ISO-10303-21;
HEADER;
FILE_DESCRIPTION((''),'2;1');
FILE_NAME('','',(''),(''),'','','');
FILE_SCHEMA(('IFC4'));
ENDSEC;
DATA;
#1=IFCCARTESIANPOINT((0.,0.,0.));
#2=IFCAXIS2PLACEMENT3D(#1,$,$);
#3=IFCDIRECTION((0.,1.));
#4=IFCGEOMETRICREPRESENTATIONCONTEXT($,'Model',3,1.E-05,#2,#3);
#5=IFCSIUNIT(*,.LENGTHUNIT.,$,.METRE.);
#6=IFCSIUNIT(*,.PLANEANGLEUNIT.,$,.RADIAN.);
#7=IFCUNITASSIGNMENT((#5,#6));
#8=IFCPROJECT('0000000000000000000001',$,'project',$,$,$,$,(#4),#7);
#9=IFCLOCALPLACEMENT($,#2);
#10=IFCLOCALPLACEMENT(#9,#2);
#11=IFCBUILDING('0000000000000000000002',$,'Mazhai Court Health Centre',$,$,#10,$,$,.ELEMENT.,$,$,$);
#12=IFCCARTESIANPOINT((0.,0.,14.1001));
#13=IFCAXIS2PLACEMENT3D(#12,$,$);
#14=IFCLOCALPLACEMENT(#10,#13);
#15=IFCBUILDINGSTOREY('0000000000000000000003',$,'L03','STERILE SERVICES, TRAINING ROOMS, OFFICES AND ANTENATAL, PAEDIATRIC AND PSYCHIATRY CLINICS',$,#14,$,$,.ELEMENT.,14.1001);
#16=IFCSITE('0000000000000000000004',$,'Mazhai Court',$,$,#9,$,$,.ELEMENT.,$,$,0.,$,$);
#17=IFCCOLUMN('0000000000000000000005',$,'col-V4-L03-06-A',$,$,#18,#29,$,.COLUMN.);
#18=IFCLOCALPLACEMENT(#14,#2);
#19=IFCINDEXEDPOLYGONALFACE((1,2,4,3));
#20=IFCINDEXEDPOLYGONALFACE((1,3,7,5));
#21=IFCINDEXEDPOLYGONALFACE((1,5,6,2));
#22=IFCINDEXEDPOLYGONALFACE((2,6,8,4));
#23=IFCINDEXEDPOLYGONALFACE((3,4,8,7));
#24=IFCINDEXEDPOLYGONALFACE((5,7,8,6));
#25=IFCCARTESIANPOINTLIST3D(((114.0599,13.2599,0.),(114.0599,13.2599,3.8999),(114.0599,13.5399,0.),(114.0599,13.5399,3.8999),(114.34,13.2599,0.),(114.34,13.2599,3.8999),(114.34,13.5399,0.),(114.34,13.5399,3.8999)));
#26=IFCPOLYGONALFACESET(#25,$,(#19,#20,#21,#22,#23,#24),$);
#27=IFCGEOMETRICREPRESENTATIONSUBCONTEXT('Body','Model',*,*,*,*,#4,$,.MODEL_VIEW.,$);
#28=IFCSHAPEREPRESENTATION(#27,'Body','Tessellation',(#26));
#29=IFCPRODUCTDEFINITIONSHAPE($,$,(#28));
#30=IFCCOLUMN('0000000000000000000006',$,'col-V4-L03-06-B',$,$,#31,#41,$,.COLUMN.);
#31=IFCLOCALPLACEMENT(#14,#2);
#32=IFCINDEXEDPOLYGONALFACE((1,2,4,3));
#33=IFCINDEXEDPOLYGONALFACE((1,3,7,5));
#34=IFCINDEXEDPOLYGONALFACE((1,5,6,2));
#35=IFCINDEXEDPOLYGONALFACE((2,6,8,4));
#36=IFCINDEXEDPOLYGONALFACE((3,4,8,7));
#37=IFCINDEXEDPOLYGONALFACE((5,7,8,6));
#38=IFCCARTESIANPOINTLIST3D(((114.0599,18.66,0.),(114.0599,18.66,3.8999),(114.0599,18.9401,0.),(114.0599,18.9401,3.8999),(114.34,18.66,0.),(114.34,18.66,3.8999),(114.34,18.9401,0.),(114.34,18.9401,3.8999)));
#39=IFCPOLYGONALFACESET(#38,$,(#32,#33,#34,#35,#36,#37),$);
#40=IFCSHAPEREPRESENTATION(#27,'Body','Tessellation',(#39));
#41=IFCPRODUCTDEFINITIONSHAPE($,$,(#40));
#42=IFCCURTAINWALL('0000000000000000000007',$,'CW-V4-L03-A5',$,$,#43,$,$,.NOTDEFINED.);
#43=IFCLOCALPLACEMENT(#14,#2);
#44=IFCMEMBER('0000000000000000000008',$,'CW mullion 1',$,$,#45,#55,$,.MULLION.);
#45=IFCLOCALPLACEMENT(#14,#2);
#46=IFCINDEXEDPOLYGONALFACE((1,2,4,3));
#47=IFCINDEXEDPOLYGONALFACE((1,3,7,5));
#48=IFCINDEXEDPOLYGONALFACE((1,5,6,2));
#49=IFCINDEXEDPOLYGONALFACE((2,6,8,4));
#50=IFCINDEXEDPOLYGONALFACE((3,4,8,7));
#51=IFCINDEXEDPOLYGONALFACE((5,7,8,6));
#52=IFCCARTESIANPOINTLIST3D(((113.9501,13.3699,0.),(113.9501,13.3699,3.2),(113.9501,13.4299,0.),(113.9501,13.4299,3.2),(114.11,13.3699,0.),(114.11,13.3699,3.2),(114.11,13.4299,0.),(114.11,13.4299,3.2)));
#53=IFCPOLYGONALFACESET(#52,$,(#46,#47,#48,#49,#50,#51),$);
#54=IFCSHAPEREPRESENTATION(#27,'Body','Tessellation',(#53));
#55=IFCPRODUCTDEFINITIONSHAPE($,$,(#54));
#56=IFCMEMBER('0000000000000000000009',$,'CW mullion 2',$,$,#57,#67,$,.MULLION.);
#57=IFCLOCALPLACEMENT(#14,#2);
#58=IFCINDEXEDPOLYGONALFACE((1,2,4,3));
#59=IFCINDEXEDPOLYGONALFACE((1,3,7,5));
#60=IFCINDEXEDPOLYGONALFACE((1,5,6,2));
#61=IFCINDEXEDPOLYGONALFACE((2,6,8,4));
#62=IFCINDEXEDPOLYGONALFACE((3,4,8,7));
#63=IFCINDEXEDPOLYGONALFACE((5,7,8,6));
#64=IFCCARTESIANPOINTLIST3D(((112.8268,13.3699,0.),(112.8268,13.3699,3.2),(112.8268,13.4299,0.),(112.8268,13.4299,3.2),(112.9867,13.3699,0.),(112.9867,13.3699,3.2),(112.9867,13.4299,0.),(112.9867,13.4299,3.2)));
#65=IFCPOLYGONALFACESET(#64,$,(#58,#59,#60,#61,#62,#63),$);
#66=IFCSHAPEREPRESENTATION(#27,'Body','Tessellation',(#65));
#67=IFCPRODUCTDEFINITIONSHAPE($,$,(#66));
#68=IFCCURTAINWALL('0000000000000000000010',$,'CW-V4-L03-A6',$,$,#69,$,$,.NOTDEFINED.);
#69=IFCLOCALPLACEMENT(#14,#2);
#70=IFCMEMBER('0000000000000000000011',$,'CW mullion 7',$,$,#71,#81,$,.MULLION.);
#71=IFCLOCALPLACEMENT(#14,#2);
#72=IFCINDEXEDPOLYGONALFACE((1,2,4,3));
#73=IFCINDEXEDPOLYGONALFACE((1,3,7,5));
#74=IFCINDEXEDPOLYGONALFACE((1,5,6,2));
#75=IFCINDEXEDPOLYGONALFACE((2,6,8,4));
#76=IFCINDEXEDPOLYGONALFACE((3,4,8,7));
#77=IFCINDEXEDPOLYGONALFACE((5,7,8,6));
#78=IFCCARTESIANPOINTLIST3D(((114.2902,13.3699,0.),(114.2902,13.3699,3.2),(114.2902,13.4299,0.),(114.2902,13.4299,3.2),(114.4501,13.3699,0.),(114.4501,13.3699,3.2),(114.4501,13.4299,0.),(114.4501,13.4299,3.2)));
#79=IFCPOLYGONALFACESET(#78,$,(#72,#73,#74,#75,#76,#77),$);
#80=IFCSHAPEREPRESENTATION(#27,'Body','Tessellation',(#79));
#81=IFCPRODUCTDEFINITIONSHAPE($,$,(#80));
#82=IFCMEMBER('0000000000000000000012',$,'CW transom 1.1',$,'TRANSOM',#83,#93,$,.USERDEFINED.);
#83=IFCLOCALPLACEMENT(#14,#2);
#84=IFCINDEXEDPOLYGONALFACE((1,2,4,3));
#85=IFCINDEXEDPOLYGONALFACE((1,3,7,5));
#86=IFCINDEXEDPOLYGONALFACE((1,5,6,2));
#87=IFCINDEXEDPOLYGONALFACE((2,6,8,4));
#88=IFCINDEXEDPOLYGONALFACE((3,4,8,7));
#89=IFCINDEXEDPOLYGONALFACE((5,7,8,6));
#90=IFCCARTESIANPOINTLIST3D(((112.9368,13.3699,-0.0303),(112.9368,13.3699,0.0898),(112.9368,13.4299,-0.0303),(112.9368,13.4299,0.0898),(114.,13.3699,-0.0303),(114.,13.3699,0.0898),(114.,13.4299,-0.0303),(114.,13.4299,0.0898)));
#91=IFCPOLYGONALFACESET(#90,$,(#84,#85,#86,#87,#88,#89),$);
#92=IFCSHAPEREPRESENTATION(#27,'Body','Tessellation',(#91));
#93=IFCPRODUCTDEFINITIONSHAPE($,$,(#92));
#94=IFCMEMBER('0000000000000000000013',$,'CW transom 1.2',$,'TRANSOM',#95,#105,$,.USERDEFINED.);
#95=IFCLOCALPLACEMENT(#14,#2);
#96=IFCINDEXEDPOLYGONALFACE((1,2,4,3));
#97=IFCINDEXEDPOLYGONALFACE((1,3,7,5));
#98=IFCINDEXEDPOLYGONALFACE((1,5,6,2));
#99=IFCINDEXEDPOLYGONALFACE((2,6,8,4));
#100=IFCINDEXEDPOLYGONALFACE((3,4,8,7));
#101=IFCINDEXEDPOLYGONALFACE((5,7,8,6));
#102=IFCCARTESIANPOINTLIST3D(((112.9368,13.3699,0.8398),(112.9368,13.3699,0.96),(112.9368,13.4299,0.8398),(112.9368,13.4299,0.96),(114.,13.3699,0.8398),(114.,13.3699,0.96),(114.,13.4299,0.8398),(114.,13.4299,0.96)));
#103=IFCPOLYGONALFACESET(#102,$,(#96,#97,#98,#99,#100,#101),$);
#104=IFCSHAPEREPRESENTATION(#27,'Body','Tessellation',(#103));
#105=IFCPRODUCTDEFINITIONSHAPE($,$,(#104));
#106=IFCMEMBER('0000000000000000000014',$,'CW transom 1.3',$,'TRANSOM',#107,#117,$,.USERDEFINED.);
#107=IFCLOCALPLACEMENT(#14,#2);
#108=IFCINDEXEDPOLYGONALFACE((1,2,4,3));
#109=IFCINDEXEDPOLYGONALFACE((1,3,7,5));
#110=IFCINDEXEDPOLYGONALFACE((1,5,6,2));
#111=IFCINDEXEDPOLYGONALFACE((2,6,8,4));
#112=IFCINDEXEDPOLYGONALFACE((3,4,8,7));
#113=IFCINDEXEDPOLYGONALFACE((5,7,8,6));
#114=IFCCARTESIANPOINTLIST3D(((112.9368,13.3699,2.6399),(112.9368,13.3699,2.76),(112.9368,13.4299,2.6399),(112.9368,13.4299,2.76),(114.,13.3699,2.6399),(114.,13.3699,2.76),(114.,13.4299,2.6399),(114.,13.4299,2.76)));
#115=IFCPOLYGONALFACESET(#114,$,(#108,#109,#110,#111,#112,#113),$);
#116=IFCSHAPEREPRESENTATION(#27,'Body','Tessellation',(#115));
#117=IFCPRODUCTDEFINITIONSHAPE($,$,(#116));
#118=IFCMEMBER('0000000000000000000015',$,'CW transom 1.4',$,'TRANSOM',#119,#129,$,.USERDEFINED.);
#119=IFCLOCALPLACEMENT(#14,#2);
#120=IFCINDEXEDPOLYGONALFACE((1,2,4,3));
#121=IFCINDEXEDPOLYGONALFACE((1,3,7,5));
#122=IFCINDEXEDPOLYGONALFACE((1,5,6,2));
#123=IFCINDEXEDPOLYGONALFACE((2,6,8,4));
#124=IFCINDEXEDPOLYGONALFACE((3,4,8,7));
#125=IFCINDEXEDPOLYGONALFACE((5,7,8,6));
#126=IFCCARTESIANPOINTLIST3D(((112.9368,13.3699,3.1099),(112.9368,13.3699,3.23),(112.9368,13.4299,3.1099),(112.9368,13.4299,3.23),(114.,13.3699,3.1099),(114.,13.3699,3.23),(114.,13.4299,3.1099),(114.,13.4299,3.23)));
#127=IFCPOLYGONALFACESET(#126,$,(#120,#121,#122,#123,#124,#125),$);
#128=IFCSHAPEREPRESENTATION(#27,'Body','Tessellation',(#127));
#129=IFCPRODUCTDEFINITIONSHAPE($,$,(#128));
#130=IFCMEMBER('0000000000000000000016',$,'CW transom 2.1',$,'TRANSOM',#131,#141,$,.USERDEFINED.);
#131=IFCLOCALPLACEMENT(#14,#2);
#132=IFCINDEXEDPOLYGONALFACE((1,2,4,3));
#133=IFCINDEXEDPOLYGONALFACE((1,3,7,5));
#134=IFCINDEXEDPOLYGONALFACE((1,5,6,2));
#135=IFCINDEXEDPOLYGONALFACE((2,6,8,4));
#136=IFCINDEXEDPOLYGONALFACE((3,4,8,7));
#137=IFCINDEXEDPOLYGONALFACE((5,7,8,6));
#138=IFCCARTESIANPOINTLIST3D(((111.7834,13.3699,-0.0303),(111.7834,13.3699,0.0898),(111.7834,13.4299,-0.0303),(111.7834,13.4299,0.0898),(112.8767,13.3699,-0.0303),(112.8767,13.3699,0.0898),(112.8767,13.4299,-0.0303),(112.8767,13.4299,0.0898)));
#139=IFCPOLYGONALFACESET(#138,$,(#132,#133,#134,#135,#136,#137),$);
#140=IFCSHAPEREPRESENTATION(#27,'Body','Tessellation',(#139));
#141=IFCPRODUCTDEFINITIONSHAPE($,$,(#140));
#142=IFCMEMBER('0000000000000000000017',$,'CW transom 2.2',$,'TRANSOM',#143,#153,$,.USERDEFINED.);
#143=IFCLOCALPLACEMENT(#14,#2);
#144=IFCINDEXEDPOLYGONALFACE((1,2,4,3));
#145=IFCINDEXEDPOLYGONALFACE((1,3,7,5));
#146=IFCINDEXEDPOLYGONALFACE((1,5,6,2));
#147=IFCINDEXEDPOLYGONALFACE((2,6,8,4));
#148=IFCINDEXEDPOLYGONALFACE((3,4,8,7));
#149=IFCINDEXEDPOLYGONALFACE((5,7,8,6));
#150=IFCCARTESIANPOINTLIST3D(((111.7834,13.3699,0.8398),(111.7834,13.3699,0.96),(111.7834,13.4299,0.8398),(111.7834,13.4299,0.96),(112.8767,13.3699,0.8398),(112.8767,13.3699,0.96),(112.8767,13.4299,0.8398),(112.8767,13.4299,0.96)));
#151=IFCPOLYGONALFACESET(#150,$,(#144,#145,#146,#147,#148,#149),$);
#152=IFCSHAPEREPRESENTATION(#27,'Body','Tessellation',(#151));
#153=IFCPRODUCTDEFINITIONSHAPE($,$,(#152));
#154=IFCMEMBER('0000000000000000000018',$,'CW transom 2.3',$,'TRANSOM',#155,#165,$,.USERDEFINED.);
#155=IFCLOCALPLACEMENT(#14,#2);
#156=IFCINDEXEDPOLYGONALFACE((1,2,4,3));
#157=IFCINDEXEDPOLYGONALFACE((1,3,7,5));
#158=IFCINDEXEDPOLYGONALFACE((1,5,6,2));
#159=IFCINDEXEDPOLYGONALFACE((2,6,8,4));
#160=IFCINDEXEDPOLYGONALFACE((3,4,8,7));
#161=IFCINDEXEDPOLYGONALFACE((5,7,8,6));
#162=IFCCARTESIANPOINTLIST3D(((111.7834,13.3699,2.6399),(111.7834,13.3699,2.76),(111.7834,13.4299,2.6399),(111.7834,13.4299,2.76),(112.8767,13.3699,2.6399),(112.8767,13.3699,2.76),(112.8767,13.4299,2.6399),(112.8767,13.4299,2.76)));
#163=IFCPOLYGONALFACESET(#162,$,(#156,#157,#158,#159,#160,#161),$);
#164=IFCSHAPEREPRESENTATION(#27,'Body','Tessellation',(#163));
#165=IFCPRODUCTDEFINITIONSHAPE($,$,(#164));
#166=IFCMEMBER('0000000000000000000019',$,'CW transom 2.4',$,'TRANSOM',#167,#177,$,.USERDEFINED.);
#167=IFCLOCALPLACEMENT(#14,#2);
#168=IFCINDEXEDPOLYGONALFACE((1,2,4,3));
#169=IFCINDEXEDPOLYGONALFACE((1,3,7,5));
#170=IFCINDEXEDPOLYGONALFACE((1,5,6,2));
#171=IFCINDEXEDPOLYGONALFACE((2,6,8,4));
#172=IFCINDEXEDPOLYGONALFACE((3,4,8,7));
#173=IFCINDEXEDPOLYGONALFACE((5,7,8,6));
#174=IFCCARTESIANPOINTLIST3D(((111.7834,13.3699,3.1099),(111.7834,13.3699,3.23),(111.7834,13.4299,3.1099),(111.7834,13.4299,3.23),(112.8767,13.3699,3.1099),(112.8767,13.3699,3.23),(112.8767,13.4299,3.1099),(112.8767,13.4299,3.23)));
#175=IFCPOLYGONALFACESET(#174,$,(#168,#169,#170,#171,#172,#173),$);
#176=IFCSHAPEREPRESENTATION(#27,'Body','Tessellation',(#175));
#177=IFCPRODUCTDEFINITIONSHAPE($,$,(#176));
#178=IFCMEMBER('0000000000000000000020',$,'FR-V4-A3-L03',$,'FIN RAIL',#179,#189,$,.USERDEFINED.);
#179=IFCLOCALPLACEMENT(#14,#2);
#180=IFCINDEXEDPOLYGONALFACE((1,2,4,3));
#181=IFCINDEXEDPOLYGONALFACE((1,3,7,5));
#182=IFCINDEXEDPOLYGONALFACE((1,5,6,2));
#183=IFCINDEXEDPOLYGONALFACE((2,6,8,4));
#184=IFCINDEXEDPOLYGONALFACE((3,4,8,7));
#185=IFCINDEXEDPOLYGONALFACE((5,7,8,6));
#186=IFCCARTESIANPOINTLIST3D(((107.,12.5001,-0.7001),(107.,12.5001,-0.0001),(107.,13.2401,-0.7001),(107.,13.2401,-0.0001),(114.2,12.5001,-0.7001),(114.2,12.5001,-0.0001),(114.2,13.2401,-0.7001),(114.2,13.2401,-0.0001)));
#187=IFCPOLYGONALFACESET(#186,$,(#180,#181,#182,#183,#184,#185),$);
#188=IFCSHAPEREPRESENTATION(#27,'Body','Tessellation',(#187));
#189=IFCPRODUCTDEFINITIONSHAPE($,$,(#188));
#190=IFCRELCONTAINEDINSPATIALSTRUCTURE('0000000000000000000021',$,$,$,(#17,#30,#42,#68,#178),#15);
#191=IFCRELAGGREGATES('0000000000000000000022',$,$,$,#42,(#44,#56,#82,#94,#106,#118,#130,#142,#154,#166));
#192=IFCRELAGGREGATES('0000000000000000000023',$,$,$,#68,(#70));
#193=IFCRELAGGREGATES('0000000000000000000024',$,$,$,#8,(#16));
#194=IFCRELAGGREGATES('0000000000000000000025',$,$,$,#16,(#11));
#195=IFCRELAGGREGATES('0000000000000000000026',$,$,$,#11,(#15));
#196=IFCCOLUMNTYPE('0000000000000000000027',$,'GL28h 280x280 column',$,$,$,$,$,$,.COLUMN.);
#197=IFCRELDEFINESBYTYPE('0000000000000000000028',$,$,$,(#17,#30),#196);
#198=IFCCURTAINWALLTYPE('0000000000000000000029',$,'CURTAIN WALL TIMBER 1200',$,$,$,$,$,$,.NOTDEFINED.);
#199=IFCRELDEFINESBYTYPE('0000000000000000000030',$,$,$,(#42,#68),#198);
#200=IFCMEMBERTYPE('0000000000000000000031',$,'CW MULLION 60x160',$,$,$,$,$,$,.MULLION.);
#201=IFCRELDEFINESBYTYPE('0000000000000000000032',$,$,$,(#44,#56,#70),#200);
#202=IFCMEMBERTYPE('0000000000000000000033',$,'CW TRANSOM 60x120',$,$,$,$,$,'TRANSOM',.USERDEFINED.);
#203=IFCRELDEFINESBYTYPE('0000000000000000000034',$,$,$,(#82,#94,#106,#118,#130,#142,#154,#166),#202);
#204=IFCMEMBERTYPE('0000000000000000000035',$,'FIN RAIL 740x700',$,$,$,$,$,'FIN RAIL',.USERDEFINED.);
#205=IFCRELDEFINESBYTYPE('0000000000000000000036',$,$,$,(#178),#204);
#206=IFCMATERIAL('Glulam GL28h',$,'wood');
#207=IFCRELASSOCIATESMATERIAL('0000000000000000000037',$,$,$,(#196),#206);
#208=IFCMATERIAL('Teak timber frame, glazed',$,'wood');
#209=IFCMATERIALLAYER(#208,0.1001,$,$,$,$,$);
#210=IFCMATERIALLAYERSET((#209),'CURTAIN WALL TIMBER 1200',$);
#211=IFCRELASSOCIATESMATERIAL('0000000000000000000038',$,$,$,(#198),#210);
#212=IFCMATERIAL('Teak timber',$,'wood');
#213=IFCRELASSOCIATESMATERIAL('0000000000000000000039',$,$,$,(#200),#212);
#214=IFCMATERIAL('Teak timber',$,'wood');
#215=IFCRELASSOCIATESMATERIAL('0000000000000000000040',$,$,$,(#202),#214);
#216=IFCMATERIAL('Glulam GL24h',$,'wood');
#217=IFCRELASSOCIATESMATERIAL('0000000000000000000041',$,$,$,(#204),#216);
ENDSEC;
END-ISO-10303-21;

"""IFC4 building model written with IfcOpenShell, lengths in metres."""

from ifc_helpers import new_model, si_unit, direction, frame, origin, origin_2d, place, context, subcontext, project, spatial, rectangle, extrude, material, layer, layer_set, material_profile, profile_set, type_object, element, aggregate, save


model = new_model("IFC4")

# Units and contexts
model_context = context("Model", 3, precision=1e-05, world=origin(), true_north=direction((0.0, 1.0)))
body_context = subcontext(model_context, "Body", "Model", "MODEL_VIEW")
ifc_project = project(units=[si_unit("LENGTHUNIT", "METRE"), si_unit("PLANEANGLEUNIT", "RADIAN")], contexts=[model_context])

# Site, building, storey
site_placement = place(None, origin())
site = spatial("IfcSite", under=ifc_project, at=site_placement, Name="Mazhai Court", CompositionType="ELEMENT", RefElevation=0.0)
building_placement = place(site_placement, origin())
building = spatial("IfcBuilding", under=site, at=building_placement, Name="Mazhai Court Health Centre", CompositionType="ELEMENT")
storey_placement = place(building_placement, frame((0.0, 0.0, 14.1001)))
storey = spatial("IfcBuildingStorey", under=building, at=storey_placement, Name="L03", Description="STERILE SERVICES, TRAINING ROOMS, OFFICES AND ANTENATAL, PAEDIATRIC AND PSYCHIATRY CLINICS", CompositionType="ELEMENT", Elevation=14.1001)

# Columns
ifc_material_1 = material(Name="Glulam GL28h", Category="wood")
ifc_material_profile_1 = material_profile(ifc_material_1, rectangle(XDim=0.28, YDim=0.28, at=origin_2d()), Name="GL28h 280x280")
ifc_profile_set_1 = profile_set([ifc_material_profile_1], Name="Glulam GL28h")
column_type = type_object("IfcColumnType", Name="GL28h 280x280 column", PredefinedType="COLUMN", material=ifc_profile_set_1)
for number, where, z_axis, x_axis, name in (
    (1, (114.2, 13.3999, 0.0), (0.0, 0.0, 1.0), (1.0, 0.0, 0.0), "col-V4-L03-06-A"),
    (2, (114.2, 18.8, 0.0), (0.0, 0.0, 1.0), (1.0, 0.0, 0.0), "col-V4-L03-06-B"),
):
    element("IfcColumn", number, at=place(storey_placement, frame(where, z_axis=z_axis, x_axis=x_axis)), inside=storey, type_object=column_type, Name=name, PredefinedType="COLUMN", context=body_context, shape_type="SweptSolid", body=[
        extrude(rectangle(XDim=0.28, YDim=0.28, at=origin_2d()), origin(), (0.0, 0.0, 1.0), 3.8999),
    ])

# Curtain wall, members
ifc_material_2 = material(Name="Teak timber frame, glazed", Category="wood")
ifc_layer_1 = layer(ifc_material_2, 0.1001)
ifc_layer_set_1 = layer_set([ifc_layer_1], Name="CURTAIN WALL TIMBER 1200")
curtain_wall_type = type_object("IfcCurtainWallType", Name="CURTAIN WALL TIMBER 1200", PredefinedType="NOTDEFINED", material=ifc_layer_set_1)
curtain_wall_1_placement = place(storey_placement, origin())
curtain_wall_1 = element("IfcCurtainWall", 3, at=curtain_wall_1_placement, inside=storey, type_object=curtain_wall_type, Name="CW-V4-L03-A5", PredefinedType="NOTDEFINED")
ifc_material_3 = material(Name="Teak timber", Category="wood")
ifc_material_profile_2 = material_profile(ifc_material_3, rectangle(XDim=0.0601, YDim=0.1599, at=origin_2d()), Name="CW MULLION 60x160")
ifc_profile_set_2 = profile_set([ifc_material_profile_2], Name="Teak timber")
member_type_1 = type_object("IfcMemberType", Name="CW MULLION 60x160", PredefinedType="MULLION", material=ifc_profile_set_2)
member_1_placement = place(storey_placement, frame((114.03, 13.3999, 0.0), z_axis=(0.0, 0.0, 1.0), x_axis=(0.0, -1.0, 0.0)))
member_1 = element("IfcMember", 4, at=member_1_placement, type_object=member_type_1, Name="CW mullion 1", PredefinedType="MULLION", context=body_context, shape_type="SweptSolid", body=[
    extrude(rectangle(XDim=0.0601, YDim=0.1599, at=origin_2d()), origin(), (0.0, 0.0, 1.0), 3.2),
])
member_2_placement = place(storey_placement, frame((112.9067, 13.3999, 0.0), z_axis=(0.0, 0.0, 1.0), x_axis=(0.0, -1.0, 0.0)))
member_2 = element("IfcMember", 5, at=member_2_placement, type_object=member_type_1, Name="CW mullion 2", PredefinedType="MULLION", context=body_context, shape_type="SweptSolid", body=[
    extrude(rectangle(XDim=0.0601, YDim=0.1599, at=origin_2d()), origin(), (0.0, 0.0, 1.0), 3.2),
])

# Curtain wall, member
curtain_wall_2_placement = place(storey_placement, origin())
curtain_wall_2 = element("IfcCurtainWall", 6, at=curtain_wall_2_placement, inside=storey, type_object=curtain_wall_type, Name="CW-V4-L03-A6", PredefinedType="NOTDEFINED")
member_3_placement = place(storey_placement, frame((114.3701, 13.3999, 0.0), z_axis=(0.0, 0.0, 1.0), x_axis=(0.0, -1.0, 0.0)))
member_3 = element("IfcMember", 7, at=member_3_placement, type_object=member_type_1, Name="CW mullion 7", PredefinedType="MULLION", context=body_context, shape_type="SweptSolid", body=[
    extrude(rectangle(XDim=0.0601, YDim=0.1599, at=origin_2d()), origin(), (0.0, 0.0, 1.0), 3.2),
])

# Members
ifc_material_4 = material(Name="Teak timber", Category="wood")
ifc_material_profile_3 = material_profile(ifc_material_4, rectangle(XDim=0.0601, YDim=0.1201, at=origin_2d()), Name="CW TRANSOM 60x120")
ifc_profile_set_3 = profile_set([ifc_material_profile_3], Name="Teak timber")
member_type_2 = type_object("IfcMemberType", Name="CW TRANSOM 60x120", ElementType="TRANSOM", PredefinedType="USERDEFINED", material=ifc_profile_set_3)
member_4_placement = place(storey_placement, frame((114.0, 13.3999, 0.0298), z_axis=(-1.0, 0.0, 0.0), x_axis=(0.0, -1.0, 0.0)))
member_4 = element("IfcMember", 8, at=member_4_placement, type_object=member_type_2, Name="CW transom 1.1", ObjectType="TRANSOM", PredefinedType="USERDEFINED", context=body_context, shape_type="SweptSolid", body=[
    extrude(rectangle(XDim=0.0601, YDim=0.1201, at=origin_2d()), origin(), (0.0, 0.0, 1.0), 1.0632),
])
member_5_placement = place(storey_placement, frame((114.0, 13.3999, 0.8999), z_axis=(-1.0, 0.0, 0.0), x_axis=(0.0, -1.0, 0.0)))
member_5 = element("IfcMember", 9, at=member_5_placement, type_object=member_type_2, Name="CW transom 1.2", ObjectType="TRANSOM", PredefinedType="USERDEFINED", context=body_context, shape_type="SweptSolid", body=[
    extrude(rectangle(XDim=0.0601, YDim=0.1201, at=origin_2d()), origin(), (0.0, 0.0, 1.0), 1.0632),
])
member_6_placement = place(storey_placement, frame((114.0, 13.3999, 2.7), z_axis=(-1.0, 0.0, 0.0), x_axis=(0.0, -1.0, 0.0)))
member_6 = element("IfcMember", 10, at=member_6_placement, type_object=member_type_2, Name="CW transom 1.3", ObjectType="TRANSOM", PredefinedType="USERDEFINED", context=body_context, shape_type="SweptSolid", body=[
    extrude(rectangle(XDim=0.0601, YDim=0.1201, at=origin_2d()), origin(), (0.0, 0.0, 1.0), 1.0632),
])
member_7_placement = place(storey_placement, frame((114.0, 13.3999, 3.1699), z_axis=(-1.0, 0.0, 0.0), x_axis=(0.0, -1.0, 0.0)))
member_7 = element("IfcMember", 11, at=member_7_placement, type_object=member_type_2, Name="CW transom 1.4", ObjectType="TRANSOM", PredefinedType="USERDEFINED", context=body_context, shape_type="SweptSolid", body=[
    extrude(rectangle(XDim=0.0601, YDim=0.1201, at=origin_2d()), origin(), (0.0, 0.0, 1.0), 1.0632),
])
member_8_placement = place(storey_placement, frame((112.8767, 13.3999, 0.0298), z_axis=(-1.0, 0.0, 0.0), x_axis=(0.0, -1.0, 0.0)))
member_8 = element("IfcMember", 12, at=member_8_placement, type_object=member_type_2, Name="CW transom 2.1", ObjectType="TRANSOM", PredefinedType="USERDEFINED", context=body_context, shape_type="SweptSolid", body=[
    extrude(rectangle(XDim=0.0601, YDim=0.1201, at=origin_2d()), origin(), (0.0, 0.0, 1.0), 1.0933),
])
member_9_placement = place(storey_placement, frame((112.8767, 13.3999, 0.8999), z_axis=(-1.0, 0.0, 0.0), x_axis=(0.0, -1.0, 0.0)))
member_9 = element("IfcMember", 13, at=member_9_placement, type_object=member_type_2, Name="CW transom 2.2", ObjectType="TRANSOM", PredefinedType="USERDEFINED", context=body_context, shape_type="SweptSolid", body=[
    extrude(rectangle(XDim=0.0601, YDim=0.1201, at=origin_2d()), origin(), (0.0, 0.0, 1.0), 1.0933),
])
member_10_placement = place(storey_placement, frame((112.8767, 13.3999, 2.7), z_axis=(-1.0, 0.0, 0.0), x_axis=(0.0, -1.0, 0.0)))
member_10 = element("IfcMember", 14, at=member_10_placement, type_object=member_type_2, Name="CW transom 2.3", ObjectType="TRANSOM", PredefinedType="USERDEFINED", context=body_context, shape_type="SweptSolid", body=[
    extrude(rectangle(XDim=0.0601, YDim=0.1201, at=origin_2d()), origin(), (0.0, 0.0, 1.0), 1.0933),
])
member_11_placement = place(storey_placement, frame((112.8767, 13.3999, 3.1699), z_axis=(-1.0, 0.0, 0.0), x_axis=(0.0, -1.0, 0.0)))
member_11 = element("IfcMember", 15, at=member_11_placement, type_object=member_type_2, Name="CW transom 2.4", ObjectType="TRANSOM", PredefinedType="USERDEFINED", context=body_context, shape_type="SweptSolid", body=[
    extrude(rectangle(XDim=0.0601, YDim=0.1201, at=origin_2d()), origin(), (0.0, 0.0, 1.0), 1.0933),
])

# Member
ifc_material_5 = material(Name="Glulam GL24h", Category="wood")
ifc_material_profile_4 = material_profile(ifc_material_5, rectangle(XDim=0.74, YDim=0.7, at=origin_2d()), Name="FIN RAIL 740x700")
ifc_profile_set_4 = profile_set([ifc_material_profile_4], Name="Glulam GL24h")
member_type_3 = type_object("IfcMemberType", Name="FIN RAIL 740x700", ElementType="FIN RAIL", PredefinedType="USERDEFINED", material=ifc_profile_set_4)
member_12_placement = place(storey_placement, frame((114.2, 12.8701, -0.3501), z_axis=(-1.0, 0.0, 0.0), x_axis=(0.0, -1.0, 0.0)))
element("IfcMember", 16, at=member_12_placement, inside=storey, type_object=member_type_3, Name="FR-V4-A3-L03", ObjectType="FIN RAIL", PredefinedType="USERDEFINED", context=body_context, shape_type="SweptSolid", body=[
    extrude(rectangle(XDim=0.74, YDim=0.7, at=origin_2d()), origin(), (0.0, 0.0, 1.0), 7.2),
])

aggregate(curtain_wall_1, [member_1, member_2, member_4, member_5, member_6, member_7, member_8, member_9, member_10, member_11])
aggregate(curtain_wall_2, [member_3])

save(model, "model.ifc")
